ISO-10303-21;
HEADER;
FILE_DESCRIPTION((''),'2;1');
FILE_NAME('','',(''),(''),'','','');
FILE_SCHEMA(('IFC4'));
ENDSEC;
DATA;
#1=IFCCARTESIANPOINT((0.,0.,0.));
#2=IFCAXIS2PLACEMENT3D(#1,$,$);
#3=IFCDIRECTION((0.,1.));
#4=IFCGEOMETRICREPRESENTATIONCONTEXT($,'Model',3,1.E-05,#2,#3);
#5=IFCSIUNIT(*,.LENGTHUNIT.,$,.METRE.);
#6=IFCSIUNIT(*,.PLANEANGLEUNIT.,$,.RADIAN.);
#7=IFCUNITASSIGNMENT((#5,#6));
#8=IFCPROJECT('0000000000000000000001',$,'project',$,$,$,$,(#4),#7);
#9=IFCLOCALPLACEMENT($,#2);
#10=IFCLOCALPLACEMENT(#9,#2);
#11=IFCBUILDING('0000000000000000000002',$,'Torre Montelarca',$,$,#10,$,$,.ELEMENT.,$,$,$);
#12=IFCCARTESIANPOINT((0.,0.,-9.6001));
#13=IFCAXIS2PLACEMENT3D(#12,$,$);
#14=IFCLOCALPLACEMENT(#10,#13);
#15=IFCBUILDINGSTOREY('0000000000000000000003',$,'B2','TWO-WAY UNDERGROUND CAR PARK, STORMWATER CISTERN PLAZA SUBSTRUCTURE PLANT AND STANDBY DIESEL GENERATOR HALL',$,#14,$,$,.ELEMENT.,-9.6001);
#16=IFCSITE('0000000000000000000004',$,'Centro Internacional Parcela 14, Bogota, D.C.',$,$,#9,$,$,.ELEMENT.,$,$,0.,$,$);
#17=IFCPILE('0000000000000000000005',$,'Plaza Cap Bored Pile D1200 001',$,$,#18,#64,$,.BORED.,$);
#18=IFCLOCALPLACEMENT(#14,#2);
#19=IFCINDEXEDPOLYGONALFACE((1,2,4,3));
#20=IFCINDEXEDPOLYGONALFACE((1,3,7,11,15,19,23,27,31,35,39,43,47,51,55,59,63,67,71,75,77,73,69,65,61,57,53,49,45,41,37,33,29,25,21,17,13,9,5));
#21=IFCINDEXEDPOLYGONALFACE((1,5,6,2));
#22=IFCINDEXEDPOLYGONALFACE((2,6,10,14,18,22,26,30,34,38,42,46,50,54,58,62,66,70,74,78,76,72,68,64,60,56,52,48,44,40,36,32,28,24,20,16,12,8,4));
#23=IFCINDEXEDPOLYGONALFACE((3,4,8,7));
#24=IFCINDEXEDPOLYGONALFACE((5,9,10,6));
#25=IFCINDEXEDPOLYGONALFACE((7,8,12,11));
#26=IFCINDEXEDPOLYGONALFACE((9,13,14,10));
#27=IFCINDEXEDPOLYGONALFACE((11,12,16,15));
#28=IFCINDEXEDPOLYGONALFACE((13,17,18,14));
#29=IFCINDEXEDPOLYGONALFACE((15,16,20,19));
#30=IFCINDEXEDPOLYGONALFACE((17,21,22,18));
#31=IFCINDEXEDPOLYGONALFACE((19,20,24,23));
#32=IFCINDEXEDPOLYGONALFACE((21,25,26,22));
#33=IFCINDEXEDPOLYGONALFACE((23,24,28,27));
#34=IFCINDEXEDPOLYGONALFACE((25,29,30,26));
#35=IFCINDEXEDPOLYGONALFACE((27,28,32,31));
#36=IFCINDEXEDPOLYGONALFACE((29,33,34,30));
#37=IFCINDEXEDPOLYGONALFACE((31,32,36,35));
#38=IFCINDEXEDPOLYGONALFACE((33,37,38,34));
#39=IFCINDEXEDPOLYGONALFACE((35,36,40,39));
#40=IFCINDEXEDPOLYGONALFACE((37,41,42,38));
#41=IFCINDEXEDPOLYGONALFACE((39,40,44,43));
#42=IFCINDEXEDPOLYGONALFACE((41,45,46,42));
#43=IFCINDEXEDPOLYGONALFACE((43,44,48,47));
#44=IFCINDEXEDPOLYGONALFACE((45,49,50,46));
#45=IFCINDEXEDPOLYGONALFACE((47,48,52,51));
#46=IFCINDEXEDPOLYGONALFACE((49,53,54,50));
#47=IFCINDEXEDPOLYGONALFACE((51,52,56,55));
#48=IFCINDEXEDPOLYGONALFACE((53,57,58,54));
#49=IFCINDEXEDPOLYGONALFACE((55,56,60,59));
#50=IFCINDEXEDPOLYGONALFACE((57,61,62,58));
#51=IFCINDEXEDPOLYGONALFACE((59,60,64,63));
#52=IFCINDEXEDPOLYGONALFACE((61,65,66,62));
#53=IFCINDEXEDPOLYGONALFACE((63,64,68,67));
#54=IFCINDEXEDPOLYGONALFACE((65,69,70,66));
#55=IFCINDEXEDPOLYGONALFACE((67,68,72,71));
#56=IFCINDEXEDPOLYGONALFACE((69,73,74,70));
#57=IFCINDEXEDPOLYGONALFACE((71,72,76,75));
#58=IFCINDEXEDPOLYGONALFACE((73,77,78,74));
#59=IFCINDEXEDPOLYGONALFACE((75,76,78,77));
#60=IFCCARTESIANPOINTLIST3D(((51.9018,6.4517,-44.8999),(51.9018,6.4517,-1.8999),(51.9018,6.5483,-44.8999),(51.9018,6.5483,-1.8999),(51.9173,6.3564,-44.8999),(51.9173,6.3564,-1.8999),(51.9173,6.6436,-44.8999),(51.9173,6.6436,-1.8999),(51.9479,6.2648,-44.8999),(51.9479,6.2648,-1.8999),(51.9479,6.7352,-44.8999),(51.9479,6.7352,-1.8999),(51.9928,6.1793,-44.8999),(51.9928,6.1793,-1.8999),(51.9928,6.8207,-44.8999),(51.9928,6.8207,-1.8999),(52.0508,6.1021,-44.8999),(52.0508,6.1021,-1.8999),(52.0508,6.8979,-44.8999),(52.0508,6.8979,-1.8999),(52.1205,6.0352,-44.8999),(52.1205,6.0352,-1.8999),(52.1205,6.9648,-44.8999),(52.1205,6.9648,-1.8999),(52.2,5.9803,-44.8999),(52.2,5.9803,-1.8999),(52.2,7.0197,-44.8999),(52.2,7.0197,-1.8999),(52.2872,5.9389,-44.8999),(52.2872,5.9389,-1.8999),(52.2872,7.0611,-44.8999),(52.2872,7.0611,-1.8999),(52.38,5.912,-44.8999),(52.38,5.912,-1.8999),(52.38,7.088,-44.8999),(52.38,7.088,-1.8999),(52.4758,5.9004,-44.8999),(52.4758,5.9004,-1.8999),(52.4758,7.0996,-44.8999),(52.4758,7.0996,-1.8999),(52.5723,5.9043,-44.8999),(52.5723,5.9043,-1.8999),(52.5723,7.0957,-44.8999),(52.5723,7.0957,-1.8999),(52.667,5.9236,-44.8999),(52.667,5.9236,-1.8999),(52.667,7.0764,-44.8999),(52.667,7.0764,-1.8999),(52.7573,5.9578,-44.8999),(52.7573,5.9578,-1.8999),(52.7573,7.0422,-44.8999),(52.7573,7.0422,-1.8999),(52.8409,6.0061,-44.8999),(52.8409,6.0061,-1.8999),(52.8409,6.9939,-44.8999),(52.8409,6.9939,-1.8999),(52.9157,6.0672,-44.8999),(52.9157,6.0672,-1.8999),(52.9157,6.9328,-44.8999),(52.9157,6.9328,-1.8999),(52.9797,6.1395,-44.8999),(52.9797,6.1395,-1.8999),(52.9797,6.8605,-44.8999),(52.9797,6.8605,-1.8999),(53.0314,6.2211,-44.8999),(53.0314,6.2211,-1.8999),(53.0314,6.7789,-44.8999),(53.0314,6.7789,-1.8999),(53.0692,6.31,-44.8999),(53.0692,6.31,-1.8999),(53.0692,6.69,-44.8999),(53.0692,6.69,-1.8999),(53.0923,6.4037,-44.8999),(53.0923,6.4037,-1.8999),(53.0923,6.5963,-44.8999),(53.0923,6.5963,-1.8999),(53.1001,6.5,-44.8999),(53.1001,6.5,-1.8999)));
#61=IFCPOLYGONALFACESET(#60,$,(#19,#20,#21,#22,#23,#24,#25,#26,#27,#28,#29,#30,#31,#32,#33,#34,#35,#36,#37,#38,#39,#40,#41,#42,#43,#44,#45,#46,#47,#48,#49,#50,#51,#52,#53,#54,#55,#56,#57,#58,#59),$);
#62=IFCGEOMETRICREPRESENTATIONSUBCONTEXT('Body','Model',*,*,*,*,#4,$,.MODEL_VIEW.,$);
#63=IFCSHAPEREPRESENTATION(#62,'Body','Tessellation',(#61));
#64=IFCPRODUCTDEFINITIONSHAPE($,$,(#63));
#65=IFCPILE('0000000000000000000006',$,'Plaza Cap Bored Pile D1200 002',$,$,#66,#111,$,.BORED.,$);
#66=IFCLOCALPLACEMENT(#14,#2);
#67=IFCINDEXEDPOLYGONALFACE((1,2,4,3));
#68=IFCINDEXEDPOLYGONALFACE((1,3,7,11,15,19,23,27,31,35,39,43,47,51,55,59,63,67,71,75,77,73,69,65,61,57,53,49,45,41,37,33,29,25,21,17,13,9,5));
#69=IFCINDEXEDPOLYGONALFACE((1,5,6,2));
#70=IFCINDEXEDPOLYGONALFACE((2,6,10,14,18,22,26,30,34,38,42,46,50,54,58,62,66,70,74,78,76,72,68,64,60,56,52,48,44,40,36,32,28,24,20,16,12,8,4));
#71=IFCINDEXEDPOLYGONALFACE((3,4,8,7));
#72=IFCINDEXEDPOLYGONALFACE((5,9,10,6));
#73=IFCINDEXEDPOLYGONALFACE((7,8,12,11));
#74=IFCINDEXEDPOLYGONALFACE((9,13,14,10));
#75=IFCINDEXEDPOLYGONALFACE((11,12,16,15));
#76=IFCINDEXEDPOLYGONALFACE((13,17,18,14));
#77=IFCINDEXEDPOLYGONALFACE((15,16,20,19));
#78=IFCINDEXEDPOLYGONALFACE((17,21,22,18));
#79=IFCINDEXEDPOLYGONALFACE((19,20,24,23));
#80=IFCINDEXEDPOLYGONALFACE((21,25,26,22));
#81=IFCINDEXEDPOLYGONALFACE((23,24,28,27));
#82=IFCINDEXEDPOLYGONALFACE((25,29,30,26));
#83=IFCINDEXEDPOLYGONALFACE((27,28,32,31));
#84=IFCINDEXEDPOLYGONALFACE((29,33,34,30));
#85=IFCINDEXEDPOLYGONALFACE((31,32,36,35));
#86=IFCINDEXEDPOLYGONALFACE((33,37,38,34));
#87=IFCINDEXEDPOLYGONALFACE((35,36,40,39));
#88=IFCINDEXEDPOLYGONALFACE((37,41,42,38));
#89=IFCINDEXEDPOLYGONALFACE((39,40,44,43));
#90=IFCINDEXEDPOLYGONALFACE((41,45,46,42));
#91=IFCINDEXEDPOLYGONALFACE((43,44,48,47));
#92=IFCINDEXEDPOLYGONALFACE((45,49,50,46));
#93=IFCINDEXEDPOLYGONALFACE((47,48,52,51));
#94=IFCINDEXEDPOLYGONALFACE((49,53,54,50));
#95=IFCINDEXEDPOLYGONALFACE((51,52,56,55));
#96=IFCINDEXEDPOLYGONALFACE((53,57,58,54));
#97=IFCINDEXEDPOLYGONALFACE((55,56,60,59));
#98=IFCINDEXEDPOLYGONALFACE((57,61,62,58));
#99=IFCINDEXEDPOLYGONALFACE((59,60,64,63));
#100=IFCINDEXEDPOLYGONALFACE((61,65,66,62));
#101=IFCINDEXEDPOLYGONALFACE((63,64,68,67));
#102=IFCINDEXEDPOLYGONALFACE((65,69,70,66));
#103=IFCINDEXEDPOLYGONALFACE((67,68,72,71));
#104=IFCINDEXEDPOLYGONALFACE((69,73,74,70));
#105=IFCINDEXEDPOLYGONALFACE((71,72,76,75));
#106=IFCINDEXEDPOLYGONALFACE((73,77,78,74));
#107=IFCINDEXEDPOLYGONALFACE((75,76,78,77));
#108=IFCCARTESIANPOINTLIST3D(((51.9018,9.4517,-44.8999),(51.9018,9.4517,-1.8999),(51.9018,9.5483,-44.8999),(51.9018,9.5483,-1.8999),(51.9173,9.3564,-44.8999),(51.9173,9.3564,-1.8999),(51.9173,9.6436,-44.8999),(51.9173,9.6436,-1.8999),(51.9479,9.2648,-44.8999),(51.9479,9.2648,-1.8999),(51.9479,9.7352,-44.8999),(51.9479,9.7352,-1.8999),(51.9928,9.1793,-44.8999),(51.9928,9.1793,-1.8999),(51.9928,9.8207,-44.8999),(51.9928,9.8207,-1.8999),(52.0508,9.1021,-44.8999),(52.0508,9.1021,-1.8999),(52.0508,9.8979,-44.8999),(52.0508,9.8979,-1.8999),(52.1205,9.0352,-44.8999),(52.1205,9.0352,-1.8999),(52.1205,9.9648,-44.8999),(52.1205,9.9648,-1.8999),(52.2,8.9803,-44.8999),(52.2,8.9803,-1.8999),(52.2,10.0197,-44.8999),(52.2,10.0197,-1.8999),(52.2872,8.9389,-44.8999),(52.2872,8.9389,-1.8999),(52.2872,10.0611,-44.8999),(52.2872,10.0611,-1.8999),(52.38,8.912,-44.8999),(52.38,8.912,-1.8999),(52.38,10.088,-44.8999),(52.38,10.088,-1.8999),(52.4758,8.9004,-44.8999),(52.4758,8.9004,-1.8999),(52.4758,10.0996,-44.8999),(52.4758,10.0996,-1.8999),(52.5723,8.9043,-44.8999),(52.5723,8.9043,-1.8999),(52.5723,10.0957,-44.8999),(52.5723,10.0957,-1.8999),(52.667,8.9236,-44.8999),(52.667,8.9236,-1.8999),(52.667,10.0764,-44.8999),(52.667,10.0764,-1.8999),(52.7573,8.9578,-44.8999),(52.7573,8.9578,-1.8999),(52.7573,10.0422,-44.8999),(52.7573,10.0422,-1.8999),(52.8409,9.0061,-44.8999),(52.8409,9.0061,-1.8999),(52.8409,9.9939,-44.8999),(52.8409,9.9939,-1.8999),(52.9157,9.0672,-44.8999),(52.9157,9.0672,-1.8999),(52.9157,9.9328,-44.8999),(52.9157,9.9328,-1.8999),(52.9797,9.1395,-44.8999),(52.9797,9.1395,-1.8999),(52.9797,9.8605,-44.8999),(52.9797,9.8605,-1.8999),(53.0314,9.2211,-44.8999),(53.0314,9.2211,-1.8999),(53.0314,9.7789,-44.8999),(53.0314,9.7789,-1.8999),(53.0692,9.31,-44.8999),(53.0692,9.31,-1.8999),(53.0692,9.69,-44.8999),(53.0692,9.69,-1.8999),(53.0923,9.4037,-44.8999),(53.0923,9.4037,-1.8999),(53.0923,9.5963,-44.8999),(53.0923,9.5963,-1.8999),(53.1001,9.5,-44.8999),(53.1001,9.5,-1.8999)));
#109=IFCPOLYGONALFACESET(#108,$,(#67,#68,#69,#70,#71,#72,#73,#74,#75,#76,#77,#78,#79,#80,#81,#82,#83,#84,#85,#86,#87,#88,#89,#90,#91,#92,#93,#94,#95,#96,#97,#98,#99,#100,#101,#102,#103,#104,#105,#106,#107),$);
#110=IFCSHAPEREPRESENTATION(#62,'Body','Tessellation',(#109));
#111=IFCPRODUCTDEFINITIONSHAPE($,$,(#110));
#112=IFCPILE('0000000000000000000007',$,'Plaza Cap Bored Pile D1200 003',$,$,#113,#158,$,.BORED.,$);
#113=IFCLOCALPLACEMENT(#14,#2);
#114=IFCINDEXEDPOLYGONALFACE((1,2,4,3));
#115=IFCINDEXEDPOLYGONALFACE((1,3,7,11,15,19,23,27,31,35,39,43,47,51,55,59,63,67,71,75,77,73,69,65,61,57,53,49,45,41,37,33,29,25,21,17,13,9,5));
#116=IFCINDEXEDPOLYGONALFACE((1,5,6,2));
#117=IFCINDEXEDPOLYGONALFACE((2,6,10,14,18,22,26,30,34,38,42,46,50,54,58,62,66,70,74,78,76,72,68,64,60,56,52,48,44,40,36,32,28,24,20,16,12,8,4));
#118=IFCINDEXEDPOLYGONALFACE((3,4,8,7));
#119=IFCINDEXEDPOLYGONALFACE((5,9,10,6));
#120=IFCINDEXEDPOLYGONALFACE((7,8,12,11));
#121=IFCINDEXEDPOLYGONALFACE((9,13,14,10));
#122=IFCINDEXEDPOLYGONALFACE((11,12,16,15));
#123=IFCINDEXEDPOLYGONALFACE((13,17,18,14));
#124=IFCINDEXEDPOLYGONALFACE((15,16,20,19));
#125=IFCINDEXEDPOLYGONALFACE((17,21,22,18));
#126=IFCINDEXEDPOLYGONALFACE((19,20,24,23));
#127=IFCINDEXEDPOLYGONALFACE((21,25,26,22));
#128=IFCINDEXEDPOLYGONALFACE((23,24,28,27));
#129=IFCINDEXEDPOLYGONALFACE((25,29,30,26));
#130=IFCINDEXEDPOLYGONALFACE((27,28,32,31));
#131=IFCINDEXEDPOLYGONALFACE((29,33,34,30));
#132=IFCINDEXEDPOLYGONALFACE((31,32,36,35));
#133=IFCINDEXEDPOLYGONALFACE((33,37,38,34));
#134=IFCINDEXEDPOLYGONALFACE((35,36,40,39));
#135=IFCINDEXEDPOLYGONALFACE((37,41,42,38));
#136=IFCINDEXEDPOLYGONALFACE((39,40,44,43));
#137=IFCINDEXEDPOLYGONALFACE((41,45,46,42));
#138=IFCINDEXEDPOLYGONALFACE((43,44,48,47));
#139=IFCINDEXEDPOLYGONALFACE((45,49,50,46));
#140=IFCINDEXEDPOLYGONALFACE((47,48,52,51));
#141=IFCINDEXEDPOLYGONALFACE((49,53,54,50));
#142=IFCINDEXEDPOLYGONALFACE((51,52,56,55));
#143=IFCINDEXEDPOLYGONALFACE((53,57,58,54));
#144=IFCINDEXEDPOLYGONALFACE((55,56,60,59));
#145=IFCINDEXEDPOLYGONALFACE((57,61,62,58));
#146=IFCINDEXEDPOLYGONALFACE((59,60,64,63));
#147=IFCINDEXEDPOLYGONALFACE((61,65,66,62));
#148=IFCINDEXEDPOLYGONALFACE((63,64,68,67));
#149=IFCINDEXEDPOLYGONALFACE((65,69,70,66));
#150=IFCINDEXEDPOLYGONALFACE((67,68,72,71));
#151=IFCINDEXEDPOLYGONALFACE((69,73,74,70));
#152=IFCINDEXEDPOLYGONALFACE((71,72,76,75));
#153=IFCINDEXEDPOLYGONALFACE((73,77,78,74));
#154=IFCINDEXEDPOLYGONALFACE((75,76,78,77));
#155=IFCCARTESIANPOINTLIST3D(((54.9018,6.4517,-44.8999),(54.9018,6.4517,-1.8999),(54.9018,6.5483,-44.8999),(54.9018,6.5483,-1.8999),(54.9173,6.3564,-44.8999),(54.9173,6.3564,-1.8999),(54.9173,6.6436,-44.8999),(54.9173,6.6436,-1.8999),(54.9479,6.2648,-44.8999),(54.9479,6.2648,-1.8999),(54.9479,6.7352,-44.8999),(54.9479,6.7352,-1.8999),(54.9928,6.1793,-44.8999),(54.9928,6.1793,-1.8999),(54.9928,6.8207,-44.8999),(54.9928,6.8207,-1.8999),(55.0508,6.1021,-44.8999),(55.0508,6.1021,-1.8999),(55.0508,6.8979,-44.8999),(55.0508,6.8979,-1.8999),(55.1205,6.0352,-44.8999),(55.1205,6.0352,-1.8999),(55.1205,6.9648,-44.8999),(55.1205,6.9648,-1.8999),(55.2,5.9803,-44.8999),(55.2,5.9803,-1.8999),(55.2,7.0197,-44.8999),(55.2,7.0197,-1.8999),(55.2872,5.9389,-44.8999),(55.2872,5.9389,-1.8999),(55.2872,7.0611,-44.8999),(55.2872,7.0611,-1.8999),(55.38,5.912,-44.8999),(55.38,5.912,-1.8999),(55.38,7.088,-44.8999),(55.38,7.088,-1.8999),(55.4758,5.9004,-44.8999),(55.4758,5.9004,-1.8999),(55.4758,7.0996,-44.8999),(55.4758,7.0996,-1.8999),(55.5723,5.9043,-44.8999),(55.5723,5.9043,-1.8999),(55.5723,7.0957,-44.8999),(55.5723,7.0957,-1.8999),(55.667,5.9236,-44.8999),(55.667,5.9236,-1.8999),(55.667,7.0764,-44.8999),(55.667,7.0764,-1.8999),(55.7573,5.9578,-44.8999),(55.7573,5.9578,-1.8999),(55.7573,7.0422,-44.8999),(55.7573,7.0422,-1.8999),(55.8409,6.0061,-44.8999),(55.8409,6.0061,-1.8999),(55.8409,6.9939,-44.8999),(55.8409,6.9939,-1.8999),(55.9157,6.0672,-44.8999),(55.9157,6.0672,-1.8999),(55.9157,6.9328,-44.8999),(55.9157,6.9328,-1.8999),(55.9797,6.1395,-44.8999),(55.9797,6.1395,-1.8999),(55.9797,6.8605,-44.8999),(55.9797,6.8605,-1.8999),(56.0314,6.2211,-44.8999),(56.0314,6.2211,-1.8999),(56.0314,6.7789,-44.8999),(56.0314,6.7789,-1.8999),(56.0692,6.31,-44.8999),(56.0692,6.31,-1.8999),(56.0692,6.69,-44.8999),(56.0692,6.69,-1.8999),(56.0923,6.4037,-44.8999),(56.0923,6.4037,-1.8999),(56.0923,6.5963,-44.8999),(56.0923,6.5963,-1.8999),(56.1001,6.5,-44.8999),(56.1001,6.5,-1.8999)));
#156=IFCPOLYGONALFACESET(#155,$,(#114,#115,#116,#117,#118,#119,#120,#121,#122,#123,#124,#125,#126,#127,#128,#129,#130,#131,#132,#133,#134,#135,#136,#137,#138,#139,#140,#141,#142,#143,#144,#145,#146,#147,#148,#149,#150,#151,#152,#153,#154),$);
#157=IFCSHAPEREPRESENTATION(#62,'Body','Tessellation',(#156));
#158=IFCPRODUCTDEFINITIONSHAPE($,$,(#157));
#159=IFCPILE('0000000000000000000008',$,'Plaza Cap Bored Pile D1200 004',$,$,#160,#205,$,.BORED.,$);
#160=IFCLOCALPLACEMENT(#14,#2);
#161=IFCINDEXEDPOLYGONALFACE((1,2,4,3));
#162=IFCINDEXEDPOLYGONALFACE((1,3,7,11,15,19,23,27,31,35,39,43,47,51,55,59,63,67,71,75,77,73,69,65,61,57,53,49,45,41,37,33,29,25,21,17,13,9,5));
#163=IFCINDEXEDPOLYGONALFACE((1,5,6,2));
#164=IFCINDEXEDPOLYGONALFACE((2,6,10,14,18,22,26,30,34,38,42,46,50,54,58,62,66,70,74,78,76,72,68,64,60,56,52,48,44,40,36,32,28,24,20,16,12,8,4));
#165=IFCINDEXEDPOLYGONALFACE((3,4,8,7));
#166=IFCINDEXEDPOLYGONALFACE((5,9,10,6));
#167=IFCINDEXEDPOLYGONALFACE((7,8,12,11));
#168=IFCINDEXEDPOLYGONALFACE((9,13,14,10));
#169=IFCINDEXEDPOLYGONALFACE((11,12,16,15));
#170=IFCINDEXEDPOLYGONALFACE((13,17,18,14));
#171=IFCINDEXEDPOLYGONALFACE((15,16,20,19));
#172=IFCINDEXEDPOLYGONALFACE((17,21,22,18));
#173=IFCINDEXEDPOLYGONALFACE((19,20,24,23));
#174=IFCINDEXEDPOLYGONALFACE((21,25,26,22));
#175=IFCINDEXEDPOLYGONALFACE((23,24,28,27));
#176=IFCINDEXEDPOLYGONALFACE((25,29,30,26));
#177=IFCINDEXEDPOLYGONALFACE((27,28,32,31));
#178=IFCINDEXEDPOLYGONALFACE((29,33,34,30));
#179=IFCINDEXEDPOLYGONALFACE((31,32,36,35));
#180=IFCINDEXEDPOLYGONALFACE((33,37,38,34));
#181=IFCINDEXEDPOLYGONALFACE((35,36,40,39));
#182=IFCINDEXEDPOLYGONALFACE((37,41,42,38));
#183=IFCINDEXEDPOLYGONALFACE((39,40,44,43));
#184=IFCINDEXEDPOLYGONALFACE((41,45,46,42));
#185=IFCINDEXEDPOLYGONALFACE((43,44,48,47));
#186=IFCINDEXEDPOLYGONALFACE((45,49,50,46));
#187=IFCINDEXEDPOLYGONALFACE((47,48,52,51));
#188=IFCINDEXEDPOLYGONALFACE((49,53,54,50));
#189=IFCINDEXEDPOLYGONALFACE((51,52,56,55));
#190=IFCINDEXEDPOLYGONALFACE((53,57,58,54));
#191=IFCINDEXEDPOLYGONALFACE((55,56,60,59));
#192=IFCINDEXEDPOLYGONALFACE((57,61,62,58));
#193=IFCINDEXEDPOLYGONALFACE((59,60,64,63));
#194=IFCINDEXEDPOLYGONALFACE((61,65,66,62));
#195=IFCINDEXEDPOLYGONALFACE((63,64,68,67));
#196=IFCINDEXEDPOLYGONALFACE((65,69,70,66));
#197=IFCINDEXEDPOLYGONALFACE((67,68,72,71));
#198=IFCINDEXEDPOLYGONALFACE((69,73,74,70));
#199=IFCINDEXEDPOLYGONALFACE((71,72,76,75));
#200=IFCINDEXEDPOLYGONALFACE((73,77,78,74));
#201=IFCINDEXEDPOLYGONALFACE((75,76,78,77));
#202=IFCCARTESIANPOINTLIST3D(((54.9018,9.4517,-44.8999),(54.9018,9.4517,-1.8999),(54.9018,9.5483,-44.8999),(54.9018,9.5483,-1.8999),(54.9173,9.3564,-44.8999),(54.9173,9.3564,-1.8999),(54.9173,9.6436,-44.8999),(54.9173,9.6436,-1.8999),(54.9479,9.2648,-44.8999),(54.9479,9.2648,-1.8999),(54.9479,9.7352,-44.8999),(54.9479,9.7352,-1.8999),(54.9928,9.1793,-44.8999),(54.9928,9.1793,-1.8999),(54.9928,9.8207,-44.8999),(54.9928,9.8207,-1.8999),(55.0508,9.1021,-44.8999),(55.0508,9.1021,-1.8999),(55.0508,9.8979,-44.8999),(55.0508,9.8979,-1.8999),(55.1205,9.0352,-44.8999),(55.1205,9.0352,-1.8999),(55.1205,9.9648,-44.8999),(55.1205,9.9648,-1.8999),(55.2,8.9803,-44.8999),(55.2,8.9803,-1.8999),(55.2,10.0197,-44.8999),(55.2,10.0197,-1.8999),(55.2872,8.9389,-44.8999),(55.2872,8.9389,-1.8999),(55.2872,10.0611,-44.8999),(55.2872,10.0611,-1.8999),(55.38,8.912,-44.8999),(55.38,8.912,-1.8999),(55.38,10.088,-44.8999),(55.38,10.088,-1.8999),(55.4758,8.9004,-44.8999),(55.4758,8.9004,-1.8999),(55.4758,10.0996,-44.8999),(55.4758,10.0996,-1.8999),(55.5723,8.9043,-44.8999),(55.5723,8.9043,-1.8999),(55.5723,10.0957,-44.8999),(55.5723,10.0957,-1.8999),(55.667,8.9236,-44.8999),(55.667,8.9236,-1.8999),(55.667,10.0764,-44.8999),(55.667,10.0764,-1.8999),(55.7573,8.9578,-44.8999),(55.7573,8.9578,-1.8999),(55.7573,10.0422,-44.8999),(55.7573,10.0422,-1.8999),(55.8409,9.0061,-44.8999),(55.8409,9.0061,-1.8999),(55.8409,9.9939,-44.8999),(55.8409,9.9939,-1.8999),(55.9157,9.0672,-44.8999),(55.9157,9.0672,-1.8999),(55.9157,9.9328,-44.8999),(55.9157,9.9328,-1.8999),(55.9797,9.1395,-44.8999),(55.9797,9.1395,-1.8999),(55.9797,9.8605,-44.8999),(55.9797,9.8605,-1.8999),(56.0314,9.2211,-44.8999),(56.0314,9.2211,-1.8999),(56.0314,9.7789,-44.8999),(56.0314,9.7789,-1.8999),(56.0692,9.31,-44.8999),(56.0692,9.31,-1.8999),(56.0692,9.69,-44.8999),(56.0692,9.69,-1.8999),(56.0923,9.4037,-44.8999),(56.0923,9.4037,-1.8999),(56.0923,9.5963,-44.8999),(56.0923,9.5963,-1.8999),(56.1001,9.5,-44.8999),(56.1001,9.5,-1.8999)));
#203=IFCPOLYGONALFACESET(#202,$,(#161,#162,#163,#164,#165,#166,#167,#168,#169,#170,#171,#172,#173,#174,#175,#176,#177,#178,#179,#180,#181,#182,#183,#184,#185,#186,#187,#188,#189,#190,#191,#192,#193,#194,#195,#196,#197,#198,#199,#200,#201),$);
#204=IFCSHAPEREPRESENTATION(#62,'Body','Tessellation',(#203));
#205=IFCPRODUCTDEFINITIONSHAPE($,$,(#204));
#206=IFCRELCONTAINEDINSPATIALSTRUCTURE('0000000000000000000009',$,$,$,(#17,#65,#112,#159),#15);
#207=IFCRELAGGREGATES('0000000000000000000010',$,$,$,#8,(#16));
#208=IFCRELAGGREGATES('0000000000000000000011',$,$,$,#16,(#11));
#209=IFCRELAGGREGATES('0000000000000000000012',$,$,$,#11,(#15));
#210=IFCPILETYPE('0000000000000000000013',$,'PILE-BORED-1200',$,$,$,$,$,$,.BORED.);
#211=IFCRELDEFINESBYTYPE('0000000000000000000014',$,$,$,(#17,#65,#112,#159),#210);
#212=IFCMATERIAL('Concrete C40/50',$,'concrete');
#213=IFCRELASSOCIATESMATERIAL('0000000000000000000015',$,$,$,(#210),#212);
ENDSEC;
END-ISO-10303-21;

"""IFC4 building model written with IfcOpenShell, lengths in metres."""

from ifc_helpers import new_model, si_unit, direction, frame, origin, origin_2d, place, context, subcontext, project, spatial, circle, extrude, source, transform, mapped, material, material_profile, profile_set, type_object, element, save


model = new_model("IFC4")

# Units and contexts
model_context = context("Model", 3, precision=1e-05, world=origin(), true_north=direction((0.0, 1.0)))
body_context = subcontext(model_context, "Body", "Model", "MODEL_VIEW")
ifc_project = project(units=[si_unit("LENGTHUNIT", "METRE"), si_unit("PLANEANGLEUNIT", "RADIAN")], contexts=[model_context])

# Site, building, storey
site_placement = place(None, origin())
site = spatial("IfcSite", under=ifc_project, at=site_placement, Name="Centro Internacional Parcela 14, Bogota, D.C.", CompositionType="ELEMENT", RefElevation=0.0)
building_placement = place(site_placement, origin())
building = spatial("IfcBuilding", under=site, at=building_placement, Name="Torre Montelarca", CompositionType="ELEMENT")
storey_placement = place(building_placement, frame((0.0, 0.0, -9.6001)))
storey = spatial("IfcBuildingStorey", under=building, at=storey_placement, Name="B2", Description="TWO-WAY UNDERGROUND CAR PARK, STORMWATER CISTERN PLAZA SUBSTRUCTURE PLANT AND STANDBY DIESEL GENERATOR HALL", CompositionType="ELEMENT", Elevation=-9.6001)

# Piles
ifc_material_1 = material(Name="Concrete C40/50", Category="concrete")
ifc_material_profile_1 = material_profile(ifc_material_1, circle(Radius=0.6001, at=origin_2d()), Name="PILE-D1200", Category="concrete")
ifc_profile_set_1 = profile_set([ifc_material_profile_1], Name="Concrete C40/50")
pile_type_1 = type_object("IfcPileType", Name="PILE-BORED-1200", PredefinedType="BORED", material=ifc_profile_set_1)
shared_shape_1 = source(origin(), body_context, "Body", "SweptSolid", [
    extrude(circle(Radius=0.6001, at=origin_2d()), origin(), (0.0, 0.0, 1.0), 43.0),
])
for number, where, z_axis, x_axis, name in (
    (1, (52.5, 6.5, -1.8999), (0.0, 0.0, -1.0), (1.0, 0.0, 0.0), "Plaza Cap Bored Pile D1200 001"),
    (2, (52.5, 9.5, -1.8999), (0.0, 0.0, -1.0), (1.0, 0.0, 0.0), "Plaza Cap Bored Pile D1200 002"),
    (3, (55.5, 6.5, -1.8999), (0.0, 0.0, -1.0), (1.0, 0.0, 0.0), "Plaza Cap Bored Pile D1200 003"),
    (4, (55.5, 9.5, -1.8999), (0.0, 0.0, -1.0), (1.0, 0.0, 0.0), "Plaza Cap Bored Pile D1200 004"),
):
    element("IfcPile", number, at=place(storey_placement, frame(where, z_axis=z_axis, x_axis=x_axis)), inside=storey, type_object=pile_type_1, Name=name, PredefinedType="BORED", context=body_context, shape_type="MappedRepresentation", body=[
        mapped(shared_shape_1, transform((0.0, 0.0, 0.0), scale=1.0)),
    ])

save(model, "model.ifc")
